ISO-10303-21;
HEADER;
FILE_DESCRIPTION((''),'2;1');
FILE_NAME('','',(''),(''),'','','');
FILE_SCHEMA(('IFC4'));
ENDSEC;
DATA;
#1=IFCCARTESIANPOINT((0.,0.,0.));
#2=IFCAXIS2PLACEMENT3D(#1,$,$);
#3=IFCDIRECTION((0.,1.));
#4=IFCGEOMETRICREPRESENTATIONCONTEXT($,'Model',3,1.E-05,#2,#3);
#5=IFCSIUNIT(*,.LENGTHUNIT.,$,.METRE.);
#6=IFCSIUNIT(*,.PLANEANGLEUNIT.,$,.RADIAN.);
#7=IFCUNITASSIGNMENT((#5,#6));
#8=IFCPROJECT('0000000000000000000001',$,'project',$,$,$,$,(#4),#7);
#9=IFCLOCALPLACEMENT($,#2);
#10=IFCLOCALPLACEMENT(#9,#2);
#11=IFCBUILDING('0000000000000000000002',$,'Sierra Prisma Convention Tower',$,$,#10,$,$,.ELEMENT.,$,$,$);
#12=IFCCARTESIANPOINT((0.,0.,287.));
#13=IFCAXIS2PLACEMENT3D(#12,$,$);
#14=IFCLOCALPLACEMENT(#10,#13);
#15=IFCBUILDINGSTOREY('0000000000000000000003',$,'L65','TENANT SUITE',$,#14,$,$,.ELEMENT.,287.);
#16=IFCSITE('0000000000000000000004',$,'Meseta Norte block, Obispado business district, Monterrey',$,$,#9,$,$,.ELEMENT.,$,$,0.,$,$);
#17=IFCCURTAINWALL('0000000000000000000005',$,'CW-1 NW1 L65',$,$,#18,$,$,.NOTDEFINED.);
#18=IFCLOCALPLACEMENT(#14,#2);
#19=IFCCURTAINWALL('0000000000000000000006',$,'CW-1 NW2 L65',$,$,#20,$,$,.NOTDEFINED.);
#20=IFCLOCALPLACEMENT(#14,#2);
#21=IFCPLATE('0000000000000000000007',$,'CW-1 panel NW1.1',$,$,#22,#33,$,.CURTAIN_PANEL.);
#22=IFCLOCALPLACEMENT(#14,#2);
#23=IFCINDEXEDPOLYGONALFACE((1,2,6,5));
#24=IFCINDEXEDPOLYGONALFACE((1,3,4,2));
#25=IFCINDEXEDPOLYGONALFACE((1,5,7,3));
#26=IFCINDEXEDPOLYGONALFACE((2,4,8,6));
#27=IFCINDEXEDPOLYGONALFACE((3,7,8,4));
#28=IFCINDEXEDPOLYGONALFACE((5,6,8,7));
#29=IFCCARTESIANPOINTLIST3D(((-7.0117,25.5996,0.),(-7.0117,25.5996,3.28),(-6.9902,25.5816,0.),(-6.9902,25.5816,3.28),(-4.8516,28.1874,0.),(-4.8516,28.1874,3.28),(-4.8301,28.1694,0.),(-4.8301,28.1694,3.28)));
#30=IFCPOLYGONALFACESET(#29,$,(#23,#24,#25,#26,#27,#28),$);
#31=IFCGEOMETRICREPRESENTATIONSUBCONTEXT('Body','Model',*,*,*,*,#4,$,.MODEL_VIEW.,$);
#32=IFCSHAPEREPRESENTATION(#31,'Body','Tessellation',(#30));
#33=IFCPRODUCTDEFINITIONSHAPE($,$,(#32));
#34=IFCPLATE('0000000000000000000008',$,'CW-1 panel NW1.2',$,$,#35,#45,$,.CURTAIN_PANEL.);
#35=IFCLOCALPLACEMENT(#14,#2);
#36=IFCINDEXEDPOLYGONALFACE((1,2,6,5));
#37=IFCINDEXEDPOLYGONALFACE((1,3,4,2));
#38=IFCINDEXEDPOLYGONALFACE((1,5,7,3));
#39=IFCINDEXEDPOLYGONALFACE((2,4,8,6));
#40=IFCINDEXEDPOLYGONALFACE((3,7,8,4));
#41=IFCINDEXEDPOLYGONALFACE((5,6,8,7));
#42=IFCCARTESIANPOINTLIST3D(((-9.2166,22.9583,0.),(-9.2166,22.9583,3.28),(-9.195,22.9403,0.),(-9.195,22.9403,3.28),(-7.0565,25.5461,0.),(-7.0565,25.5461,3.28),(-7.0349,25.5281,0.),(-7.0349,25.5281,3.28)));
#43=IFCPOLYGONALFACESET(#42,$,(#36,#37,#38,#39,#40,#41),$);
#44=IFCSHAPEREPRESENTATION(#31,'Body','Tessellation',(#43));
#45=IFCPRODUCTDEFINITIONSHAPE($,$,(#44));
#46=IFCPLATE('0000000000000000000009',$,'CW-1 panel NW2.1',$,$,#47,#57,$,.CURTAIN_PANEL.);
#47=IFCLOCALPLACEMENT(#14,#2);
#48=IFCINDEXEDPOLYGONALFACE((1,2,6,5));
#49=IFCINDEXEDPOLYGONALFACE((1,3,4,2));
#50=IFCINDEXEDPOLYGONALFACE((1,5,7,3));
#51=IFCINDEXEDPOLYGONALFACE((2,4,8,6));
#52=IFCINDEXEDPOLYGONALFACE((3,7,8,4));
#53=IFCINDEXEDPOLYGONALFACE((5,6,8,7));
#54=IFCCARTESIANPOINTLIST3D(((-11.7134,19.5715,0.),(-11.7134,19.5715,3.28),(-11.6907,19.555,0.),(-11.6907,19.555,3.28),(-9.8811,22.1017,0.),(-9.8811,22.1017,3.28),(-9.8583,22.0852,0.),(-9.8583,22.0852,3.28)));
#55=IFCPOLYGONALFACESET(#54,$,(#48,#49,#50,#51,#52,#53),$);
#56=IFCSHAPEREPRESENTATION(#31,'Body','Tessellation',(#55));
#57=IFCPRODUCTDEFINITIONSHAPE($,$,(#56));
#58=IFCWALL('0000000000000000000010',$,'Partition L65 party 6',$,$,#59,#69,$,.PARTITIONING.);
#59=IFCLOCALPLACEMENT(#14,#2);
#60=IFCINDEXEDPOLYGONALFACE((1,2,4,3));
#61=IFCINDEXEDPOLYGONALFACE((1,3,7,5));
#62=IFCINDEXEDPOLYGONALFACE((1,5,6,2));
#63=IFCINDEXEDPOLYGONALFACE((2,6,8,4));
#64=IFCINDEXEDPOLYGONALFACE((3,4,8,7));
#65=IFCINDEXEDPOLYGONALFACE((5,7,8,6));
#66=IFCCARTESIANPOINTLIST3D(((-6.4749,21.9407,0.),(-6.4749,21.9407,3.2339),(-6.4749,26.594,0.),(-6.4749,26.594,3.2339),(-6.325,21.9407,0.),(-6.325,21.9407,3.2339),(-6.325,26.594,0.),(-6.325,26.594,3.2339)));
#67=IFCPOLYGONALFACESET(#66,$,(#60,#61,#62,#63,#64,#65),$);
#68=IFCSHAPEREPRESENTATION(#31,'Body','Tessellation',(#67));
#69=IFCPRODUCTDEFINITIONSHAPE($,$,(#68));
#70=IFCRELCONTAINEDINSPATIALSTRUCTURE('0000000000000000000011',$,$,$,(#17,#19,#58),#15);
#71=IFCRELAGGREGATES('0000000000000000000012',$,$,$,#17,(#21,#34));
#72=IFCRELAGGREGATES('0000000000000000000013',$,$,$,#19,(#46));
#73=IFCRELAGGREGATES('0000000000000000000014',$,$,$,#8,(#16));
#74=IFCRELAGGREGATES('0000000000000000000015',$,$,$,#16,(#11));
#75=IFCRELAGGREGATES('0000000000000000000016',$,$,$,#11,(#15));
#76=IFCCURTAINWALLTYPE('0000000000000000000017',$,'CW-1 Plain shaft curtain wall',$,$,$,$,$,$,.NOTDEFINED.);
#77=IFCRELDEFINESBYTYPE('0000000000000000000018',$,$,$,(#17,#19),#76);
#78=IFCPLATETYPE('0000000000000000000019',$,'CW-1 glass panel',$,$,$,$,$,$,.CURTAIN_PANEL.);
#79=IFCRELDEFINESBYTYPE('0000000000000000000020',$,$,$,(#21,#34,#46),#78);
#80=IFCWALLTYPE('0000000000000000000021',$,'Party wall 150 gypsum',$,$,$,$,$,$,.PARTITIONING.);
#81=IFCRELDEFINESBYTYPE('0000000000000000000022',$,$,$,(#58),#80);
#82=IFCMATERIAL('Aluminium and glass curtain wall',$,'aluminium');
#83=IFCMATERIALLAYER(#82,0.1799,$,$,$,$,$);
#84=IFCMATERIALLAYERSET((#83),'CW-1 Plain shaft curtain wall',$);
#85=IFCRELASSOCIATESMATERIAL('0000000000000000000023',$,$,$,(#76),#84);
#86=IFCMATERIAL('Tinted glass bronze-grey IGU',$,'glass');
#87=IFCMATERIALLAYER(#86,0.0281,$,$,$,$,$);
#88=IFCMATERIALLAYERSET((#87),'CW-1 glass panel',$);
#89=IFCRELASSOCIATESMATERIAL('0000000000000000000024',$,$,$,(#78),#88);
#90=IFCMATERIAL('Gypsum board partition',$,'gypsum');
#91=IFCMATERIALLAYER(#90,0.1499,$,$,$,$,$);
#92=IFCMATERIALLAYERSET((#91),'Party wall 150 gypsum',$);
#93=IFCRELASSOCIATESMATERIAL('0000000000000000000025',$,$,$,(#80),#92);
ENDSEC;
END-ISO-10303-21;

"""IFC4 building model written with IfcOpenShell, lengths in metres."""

from ifc_helpers import new_model, si_unit, direction, frame, frame_2d, origin, origin_2d, place, context, subcontext, project, spatial, rectangle, extrude, material, layer, layer_set, type_object, element, aggregate, save


model = new_model("IFC4")

# Units and contexts
model_context = context("Model", 3, precision=1e-05, world=origin(), true_north=direction((0.0, 1.0)))
body_context = subcontext(model_context, "Body", "Model", "MODEL_VIEW")
ifc_project = project(units=[si_unit("LENGTHUNIT", "METRE"), si_unit("PLANEANGLEUNIT", "RADIAN")], contexts=[model_context])

# Site, building, storey
site_placement = place(None, origin())
site = spatial("IfcSite", under=ifc_project, at=site_placement, Name="Meseta Norte block, Obispado business district, Monterrey", CompositionType="ELEMENT", RefElevation=0.0)
building_placement = place(site_placement, origin())
building = spatial("IfcBuilding", under=site, at=building_placement, Name="Sierra Prisma Convention Tower", CompositionType="ELEMENT")
storey_placement = place(building_placement, frame((0.0, 0.0, 287.0)))
storey = spatial("IfcBuildingStorey", under=building, at=storey_placement, Name="L65", Description="TENANT SUITE", CompositionType="ELEMENT", Elevation=287.0)

# Shared definitions
ifc_material_1 = material(Name="Aluminium and glass curtain wall", Category="aluminium")
ifc_layer_1 = layer(ifc_material_1, 0.1799)
ifc_layer_set_1 = layer_set([ifc_layer_1], Name="CW-1 Plain shaft curtain wall")
curtain_wall_type = type_object("IfcCurtainWallType", Name="CW-1 Plain shaft curtain wall", PredefinedType="NOTDEFINED", material=ifc_layer_set_1)

# Curtain walls
curtain_wall_1_placement = place(storey_placement, origin())
curtain_wall_1 = element("IfcCurtainWall", 1, at=curtain_wall_1_placement, inside=storey, type_object=curtain_wall_type, Name="CW-1 NW1 L65", PredefinedType="NOTDEFINED")
curtain_wall_2_placement = place(storey_placement, origin())
curtain_wall_2 = element("IfcCurtainWall", 2, at=curtain_wall_2_placement, inside=storey, type_object=curtain_wall_type, Name="CW-1 NW2 L65", PredefinedType="NOTDEFINED")

# Shared definitions
ifc_material_2 = material(Name="Tinted glass bronze-grey IGU", Category="glass")
ifc_layer_2 = layer(ifc_material_2, 0.0281)
ifc_layer_set_2 = layer_set([ifc_layer_2], Name="CW-1 glass panel")
plate_type = type_object("IfcPlateType", Name="CW-1 glass panel", PredefinedType="CURTAIN_PANEL", material=ifc_layer_set_2)

# Plates
plate_1_placement = place(storey_placement, frame((-5.9209, 26.8845, 0.0), z_axis=(0.0, 0.0, 1.0), x_axis=(-0.640816, -0.767694, 0.0)))
plate_1 = element("IfcPlate", 3, at=plate_1_placement, type_object=plate_type, Name="CW-1 panel NW1.1", PredefinedType="CURTAIN_PANEL", context=body_context, shape_type="SweptSolid", body=[
    extrude(rectangle(XDim=3.3708, YDim=0.0281, at=origin_2d()), origin(), (0.0, 0.0, 1.0), 3.28),
])
plate_2_placement = place(storey_placement, frame((-8.1257, 24.2432, 0.0), z_axis=(0.0, 0.0, 1.0), x_axis=(-0.640816, -0.767694, 0.0)))
plate_2 = element("IfcPlate", 4, at=plate_2_placement, type_object=plate_type, Name="CW-1 panel NW1.2", PredefinedType="CURTAIN_PANEL", context=body_context, shape_type="SweptSolid", body=[
    extrude(rectangle(XDim=3.3708, YDim=0.0281, at=origin_2d()), origin(), (0.0, 0.0, 1.0), 3.28),
])
aggregate(curtain_wall_1, [plate_1, plate_2])
plate_3_placement = place(storey_placement, frame((-10.7859, 20.8284, 0.0), z_axis=(0.0, 0.0, 1.0), x_axis=(-0.586537, -0.809923, 0.0)))
plate_3 = element("IfcPlate", 5, at=plate_3_placement, type_object=plate_type, Name="CW-1 panel NW2.1", PredefinedType="CURTAIN_PANEL", context=body_context, shape_type="SweptSolid", body=[
    extrude(rectangle(XDim=3.124, YDim=0.0281, at=origin_2d()), origin(), (0.0, 0.0, 1.0), 3.28),
])
aggregate(curtain_wall_2, [plate_3])

# Wall
ifc_material_3 = material(Name="Gypsum board partition", Category="gypsum")
ifc_layer_3 = layer(ifc_material_3, 0.1499)
ifc_layer_set_3 = layer_set([ifc_layer_3], Name="Party wall 150 gypsum")
wall_type = type_object("IfcWallType", Name="Party wall 150 gypsum", PredefinedType="PARTITIONING", material=ifc_layer_set_3)
wall_placement = place(storey_placement, frame((-6.3999, 21.9407, 0.0), z_axis=(0.0, 0.0, 1.0), x_axis=(0.0, 1.0, 0.0)))
element("IfcWall", 6, at=wall_placement, inside=storey, type_object=wall_type, Name="Partition L65 party 6", PredefinedType="PARTITIONING", context=body_context, shape_type="SweptSolid", body=[
    extrude(rectangle(XDim=4.6533, YDim=0.1499, at=frame_2d((2.3267, 0.0))), origin(), (0.0, 0.0, 1.0), 3.2339),
])

save(model, "model.ifc")
